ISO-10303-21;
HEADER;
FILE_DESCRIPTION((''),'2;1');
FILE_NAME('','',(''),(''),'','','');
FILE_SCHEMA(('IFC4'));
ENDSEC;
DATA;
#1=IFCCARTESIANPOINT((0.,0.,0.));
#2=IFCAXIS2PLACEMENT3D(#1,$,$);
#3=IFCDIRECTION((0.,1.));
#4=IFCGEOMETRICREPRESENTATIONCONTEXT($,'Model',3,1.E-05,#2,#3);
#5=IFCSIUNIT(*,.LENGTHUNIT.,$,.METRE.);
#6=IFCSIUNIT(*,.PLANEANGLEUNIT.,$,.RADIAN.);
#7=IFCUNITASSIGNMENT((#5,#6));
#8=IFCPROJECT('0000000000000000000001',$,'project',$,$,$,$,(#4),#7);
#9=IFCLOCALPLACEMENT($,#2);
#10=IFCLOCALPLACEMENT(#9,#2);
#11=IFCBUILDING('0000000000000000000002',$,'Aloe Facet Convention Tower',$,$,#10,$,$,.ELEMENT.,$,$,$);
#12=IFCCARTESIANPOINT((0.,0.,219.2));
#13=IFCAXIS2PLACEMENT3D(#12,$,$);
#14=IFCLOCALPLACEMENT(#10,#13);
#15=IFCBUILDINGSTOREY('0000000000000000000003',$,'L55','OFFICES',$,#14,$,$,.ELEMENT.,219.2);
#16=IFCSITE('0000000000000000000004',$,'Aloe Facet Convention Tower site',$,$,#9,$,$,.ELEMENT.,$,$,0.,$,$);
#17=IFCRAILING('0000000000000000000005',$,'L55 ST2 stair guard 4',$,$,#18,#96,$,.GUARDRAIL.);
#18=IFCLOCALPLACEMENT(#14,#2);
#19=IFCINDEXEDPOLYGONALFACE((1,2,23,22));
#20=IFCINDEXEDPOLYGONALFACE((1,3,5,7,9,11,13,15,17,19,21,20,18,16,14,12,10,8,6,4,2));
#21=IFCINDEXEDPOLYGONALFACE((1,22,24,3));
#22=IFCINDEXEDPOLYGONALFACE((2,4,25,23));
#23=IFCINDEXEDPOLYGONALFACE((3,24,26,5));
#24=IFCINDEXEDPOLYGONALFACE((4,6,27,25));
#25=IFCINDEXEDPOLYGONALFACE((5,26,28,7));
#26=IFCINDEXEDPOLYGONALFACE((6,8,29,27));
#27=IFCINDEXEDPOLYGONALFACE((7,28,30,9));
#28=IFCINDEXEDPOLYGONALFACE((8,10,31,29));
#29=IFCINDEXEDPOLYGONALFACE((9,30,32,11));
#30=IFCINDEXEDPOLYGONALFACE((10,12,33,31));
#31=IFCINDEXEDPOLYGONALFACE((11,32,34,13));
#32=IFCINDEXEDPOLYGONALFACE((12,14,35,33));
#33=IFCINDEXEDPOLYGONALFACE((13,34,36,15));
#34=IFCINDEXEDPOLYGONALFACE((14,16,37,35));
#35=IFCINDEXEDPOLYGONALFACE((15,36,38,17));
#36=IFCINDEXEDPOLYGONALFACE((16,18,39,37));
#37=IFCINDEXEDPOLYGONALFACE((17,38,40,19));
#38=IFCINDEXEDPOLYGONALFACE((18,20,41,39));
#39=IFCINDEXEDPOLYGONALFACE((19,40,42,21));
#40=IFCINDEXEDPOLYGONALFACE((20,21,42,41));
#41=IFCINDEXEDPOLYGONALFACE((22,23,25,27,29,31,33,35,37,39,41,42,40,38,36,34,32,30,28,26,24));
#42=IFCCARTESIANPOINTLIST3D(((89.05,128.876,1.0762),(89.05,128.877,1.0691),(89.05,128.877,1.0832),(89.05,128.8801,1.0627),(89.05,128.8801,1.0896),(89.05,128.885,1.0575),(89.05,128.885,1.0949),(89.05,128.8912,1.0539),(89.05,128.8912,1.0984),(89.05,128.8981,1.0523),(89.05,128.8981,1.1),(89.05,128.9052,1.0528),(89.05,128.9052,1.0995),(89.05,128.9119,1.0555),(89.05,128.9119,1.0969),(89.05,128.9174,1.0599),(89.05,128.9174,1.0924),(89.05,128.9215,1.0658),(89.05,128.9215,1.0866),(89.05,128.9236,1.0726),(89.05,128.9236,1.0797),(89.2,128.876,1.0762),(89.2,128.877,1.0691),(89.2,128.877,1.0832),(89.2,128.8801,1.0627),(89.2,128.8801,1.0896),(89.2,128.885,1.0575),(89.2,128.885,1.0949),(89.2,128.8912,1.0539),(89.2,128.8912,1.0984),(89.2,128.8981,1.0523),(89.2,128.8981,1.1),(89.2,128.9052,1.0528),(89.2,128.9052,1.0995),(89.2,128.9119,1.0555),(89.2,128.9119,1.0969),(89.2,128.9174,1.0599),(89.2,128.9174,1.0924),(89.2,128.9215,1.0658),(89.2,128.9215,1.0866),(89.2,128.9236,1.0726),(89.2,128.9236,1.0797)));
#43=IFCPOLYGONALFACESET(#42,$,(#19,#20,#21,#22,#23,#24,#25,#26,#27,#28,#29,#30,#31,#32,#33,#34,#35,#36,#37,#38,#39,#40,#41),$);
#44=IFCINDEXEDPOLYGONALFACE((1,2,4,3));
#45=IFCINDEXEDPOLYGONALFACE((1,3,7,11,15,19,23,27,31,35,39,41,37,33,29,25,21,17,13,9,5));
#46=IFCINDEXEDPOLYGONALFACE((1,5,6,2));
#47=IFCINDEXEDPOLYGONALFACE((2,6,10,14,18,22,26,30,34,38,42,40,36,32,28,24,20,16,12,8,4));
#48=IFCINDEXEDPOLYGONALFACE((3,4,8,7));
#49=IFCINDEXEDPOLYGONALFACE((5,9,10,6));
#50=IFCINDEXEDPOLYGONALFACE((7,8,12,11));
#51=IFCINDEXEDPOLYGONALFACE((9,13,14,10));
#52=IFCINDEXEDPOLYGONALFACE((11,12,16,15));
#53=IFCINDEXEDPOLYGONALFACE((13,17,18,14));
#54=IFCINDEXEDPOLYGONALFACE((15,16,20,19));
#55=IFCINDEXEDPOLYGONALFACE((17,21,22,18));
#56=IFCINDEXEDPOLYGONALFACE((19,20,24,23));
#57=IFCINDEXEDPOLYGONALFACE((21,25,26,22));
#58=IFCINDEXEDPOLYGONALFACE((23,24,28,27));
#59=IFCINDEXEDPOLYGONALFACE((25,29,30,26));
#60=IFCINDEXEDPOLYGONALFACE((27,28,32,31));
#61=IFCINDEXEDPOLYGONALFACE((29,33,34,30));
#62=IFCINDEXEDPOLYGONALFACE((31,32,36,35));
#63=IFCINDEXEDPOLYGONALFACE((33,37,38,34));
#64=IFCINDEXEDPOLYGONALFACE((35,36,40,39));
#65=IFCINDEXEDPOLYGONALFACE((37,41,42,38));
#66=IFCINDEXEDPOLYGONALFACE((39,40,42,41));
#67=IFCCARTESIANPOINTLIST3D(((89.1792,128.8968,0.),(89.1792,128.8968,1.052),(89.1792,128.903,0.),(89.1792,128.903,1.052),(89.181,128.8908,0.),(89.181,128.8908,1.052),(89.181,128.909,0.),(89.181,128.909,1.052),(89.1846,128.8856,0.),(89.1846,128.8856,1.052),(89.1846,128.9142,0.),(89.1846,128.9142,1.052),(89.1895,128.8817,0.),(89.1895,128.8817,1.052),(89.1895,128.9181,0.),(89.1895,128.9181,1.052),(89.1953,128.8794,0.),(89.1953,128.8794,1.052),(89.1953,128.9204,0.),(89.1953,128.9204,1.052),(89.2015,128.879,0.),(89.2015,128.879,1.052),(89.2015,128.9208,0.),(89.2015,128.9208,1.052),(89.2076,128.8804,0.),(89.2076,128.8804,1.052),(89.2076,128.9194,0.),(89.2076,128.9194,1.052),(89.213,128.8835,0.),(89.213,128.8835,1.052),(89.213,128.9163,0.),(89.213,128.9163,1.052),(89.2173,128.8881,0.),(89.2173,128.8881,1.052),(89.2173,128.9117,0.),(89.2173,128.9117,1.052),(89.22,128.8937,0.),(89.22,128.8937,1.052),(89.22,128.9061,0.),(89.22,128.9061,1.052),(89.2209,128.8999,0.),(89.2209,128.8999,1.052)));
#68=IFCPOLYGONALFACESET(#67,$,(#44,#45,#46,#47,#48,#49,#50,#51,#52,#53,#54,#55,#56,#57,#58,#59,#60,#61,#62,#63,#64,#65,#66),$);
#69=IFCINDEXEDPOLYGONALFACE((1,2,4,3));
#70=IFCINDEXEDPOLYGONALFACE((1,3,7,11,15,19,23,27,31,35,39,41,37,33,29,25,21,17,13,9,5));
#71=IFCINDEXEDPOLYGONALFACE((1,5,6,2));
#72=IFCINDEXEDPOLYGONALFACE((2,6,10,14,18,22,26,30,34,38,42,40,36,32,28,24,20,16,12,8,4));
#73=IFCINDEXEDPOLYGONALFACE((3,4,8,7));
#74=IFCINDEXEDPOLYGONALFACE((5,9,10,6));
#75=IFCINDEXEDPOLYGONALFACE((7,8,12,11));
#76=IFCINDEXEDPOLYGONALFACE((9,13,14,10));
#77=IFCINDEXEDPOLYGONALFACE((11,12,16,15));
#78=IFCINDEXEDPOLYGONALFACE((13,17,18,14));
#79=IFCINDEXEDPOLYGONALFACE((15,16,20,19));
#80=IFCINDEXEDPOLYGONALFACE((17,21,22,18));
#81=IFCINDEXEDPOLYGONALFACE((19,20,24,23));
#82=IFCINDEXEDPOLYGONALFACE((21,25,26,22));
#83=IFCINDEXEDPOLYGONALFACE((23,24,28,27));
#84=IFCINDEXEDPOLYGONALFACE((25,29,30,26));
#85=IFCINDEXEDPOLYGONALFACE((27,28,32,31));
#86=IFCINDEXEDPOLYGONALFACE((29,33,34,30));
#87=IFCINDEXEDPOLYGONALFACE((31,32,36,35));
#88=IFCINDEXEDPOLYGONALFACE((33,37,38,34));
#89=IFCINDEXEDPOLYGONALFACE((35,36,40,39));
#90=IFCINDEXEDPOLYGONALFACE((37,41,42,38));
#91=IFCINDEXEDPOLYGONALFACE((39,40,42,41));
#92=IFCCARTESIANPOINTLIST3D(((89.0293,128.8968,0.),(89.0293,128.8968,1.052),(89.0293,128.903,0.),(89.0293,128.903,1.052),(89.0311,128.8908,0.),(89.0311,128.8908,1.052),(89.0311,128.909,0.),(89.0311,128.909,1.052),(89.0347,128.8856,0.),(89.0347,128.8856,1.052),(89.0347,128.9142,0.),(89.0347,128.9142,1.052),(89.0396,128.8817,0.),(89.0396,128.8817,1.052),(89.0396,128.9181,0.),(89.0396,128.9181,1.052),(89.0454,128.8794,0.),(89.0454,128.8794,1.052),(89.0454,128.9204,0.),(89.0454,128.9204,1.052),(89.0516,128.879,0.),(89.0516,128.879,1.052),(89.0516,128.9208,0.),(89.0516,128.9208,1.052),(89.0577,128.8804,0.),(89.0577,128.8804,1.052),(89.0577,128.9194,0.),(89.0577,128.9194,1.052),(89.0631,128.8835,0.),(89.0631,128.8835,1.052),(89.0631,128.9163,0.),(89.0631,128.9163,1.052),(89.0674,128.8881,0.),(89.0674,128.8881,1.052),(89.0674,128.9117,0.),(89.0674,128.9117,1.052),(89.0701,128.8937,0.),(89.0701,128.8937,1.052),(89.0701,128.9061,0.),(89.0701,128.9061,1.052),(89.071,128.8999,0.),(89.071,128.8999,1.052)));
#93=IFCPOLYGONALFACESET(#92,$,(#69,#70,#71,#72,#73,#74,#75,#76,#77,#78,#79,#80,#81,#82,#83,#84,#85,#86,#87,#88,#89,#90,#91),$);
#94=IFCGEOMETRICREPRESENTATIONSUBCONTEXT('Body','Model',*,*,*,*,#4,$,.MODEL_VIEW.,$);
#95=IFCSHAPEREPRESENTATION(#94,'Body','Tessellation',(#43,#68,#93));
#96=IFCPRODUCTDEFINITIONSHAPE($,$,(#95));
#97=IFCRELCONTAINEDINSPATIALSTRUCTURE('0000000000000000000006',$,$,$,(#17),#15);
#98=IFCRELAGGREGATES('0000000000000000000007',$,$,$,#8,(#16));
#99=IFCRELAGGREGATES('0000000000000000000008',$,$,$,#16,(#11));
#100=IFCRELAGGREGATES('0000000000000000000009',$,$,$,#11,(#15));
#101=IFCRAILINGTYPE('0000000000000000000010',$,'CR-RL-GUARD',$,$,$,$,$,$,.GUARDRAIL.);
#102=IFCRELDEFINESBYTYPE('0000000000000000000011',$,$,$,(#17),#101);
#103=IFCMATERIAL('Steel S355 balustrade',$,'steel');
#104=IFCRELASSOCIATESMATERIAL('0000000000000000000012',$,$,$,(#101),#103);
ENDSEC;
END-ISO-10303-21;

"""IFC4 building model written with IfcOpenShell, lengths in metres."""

from ifc_helpers import new_model, si_unit, direction, frame, origin, origin_2d, place, context, subcontext, project, spatial, circle, extrude, material, type_object, element, save


model = new_model("IFC4")

# Units and contexts
model_context = context("Model", 3, precision=1e-05, world=origin(), true_north=direction((0.0, 1.0)))
body_context = subcontext(model_context, "Body", "Model", "MODEL_VIEW")
ifc_project = project(units=[si_unit("LENGTHUNIT", "METRE"), si_unit("PLANEANGLEUNIT", "RADIAN")], contexts=[model_context])

# Site, building, storey
site_placement = place(None, origin())
site = spatial("IfcSite", under=ifc_project, at=site_placement, Name="Aloe Facet Convention Tower site", CompositionType="ELEMENT", RefElevation=0.0)
building_placement = place(site_placement, origin())
building = spatial("IfcBuilding", under=site, at=building_placement, Name="Aloe Facet Convention Tower", CompositionType="ELEMENT")
storey_placement = place(building_placement, frame((0.0, 0.0, 219.2)))
storey = spatial("IfcBuildingStorey", under=building, at=storey_placement, Name="L55", Description="OFFICES", CompositionType="ELEMENT", Elevation=219.2)

# Railing
ifc_material_1 = material(Name="Steel S355 balustrade", Category="steel")
railing_type_1 = type_object("IfcRailingType", Name="CR-RL-GUARD", PredefinedType="GUARDRAIL", material=ifc_material_1)
railing_1_placement = place(storey_placement, frame((89.2, 128.8999, 0.0)))
element("IfcRailing", 1, at=railing_1_placement, inside=storey, type_object=railing_type_1, Name="L55 ST2 stair guard 4", PredefinedType="GUARDRAIL", context=body_context, shape_type="SweptSolid", body=[
    extrude(circle(Radius=0.0239, at=origin_2d()), frame((0.0, 0.0, 1.0762), z_axis=(-1.0, 0.0, 0.0), x_axis=(0.0, -1.0, 0.0)), (0.0, 0.0, 1.0), 0.1499),
    extrude(circle(Radius=0.021, at=origin_2d()), origin(), (0.0, 0.0, 1.0), 1.052),
    extrude(circle(Radius=0.021, at=origin_2d()), frame((-0.1499, 0.0, 0.0)), (0.0, 0.0, 1.0), 1.052),
])

save(model, "model.ifc")
